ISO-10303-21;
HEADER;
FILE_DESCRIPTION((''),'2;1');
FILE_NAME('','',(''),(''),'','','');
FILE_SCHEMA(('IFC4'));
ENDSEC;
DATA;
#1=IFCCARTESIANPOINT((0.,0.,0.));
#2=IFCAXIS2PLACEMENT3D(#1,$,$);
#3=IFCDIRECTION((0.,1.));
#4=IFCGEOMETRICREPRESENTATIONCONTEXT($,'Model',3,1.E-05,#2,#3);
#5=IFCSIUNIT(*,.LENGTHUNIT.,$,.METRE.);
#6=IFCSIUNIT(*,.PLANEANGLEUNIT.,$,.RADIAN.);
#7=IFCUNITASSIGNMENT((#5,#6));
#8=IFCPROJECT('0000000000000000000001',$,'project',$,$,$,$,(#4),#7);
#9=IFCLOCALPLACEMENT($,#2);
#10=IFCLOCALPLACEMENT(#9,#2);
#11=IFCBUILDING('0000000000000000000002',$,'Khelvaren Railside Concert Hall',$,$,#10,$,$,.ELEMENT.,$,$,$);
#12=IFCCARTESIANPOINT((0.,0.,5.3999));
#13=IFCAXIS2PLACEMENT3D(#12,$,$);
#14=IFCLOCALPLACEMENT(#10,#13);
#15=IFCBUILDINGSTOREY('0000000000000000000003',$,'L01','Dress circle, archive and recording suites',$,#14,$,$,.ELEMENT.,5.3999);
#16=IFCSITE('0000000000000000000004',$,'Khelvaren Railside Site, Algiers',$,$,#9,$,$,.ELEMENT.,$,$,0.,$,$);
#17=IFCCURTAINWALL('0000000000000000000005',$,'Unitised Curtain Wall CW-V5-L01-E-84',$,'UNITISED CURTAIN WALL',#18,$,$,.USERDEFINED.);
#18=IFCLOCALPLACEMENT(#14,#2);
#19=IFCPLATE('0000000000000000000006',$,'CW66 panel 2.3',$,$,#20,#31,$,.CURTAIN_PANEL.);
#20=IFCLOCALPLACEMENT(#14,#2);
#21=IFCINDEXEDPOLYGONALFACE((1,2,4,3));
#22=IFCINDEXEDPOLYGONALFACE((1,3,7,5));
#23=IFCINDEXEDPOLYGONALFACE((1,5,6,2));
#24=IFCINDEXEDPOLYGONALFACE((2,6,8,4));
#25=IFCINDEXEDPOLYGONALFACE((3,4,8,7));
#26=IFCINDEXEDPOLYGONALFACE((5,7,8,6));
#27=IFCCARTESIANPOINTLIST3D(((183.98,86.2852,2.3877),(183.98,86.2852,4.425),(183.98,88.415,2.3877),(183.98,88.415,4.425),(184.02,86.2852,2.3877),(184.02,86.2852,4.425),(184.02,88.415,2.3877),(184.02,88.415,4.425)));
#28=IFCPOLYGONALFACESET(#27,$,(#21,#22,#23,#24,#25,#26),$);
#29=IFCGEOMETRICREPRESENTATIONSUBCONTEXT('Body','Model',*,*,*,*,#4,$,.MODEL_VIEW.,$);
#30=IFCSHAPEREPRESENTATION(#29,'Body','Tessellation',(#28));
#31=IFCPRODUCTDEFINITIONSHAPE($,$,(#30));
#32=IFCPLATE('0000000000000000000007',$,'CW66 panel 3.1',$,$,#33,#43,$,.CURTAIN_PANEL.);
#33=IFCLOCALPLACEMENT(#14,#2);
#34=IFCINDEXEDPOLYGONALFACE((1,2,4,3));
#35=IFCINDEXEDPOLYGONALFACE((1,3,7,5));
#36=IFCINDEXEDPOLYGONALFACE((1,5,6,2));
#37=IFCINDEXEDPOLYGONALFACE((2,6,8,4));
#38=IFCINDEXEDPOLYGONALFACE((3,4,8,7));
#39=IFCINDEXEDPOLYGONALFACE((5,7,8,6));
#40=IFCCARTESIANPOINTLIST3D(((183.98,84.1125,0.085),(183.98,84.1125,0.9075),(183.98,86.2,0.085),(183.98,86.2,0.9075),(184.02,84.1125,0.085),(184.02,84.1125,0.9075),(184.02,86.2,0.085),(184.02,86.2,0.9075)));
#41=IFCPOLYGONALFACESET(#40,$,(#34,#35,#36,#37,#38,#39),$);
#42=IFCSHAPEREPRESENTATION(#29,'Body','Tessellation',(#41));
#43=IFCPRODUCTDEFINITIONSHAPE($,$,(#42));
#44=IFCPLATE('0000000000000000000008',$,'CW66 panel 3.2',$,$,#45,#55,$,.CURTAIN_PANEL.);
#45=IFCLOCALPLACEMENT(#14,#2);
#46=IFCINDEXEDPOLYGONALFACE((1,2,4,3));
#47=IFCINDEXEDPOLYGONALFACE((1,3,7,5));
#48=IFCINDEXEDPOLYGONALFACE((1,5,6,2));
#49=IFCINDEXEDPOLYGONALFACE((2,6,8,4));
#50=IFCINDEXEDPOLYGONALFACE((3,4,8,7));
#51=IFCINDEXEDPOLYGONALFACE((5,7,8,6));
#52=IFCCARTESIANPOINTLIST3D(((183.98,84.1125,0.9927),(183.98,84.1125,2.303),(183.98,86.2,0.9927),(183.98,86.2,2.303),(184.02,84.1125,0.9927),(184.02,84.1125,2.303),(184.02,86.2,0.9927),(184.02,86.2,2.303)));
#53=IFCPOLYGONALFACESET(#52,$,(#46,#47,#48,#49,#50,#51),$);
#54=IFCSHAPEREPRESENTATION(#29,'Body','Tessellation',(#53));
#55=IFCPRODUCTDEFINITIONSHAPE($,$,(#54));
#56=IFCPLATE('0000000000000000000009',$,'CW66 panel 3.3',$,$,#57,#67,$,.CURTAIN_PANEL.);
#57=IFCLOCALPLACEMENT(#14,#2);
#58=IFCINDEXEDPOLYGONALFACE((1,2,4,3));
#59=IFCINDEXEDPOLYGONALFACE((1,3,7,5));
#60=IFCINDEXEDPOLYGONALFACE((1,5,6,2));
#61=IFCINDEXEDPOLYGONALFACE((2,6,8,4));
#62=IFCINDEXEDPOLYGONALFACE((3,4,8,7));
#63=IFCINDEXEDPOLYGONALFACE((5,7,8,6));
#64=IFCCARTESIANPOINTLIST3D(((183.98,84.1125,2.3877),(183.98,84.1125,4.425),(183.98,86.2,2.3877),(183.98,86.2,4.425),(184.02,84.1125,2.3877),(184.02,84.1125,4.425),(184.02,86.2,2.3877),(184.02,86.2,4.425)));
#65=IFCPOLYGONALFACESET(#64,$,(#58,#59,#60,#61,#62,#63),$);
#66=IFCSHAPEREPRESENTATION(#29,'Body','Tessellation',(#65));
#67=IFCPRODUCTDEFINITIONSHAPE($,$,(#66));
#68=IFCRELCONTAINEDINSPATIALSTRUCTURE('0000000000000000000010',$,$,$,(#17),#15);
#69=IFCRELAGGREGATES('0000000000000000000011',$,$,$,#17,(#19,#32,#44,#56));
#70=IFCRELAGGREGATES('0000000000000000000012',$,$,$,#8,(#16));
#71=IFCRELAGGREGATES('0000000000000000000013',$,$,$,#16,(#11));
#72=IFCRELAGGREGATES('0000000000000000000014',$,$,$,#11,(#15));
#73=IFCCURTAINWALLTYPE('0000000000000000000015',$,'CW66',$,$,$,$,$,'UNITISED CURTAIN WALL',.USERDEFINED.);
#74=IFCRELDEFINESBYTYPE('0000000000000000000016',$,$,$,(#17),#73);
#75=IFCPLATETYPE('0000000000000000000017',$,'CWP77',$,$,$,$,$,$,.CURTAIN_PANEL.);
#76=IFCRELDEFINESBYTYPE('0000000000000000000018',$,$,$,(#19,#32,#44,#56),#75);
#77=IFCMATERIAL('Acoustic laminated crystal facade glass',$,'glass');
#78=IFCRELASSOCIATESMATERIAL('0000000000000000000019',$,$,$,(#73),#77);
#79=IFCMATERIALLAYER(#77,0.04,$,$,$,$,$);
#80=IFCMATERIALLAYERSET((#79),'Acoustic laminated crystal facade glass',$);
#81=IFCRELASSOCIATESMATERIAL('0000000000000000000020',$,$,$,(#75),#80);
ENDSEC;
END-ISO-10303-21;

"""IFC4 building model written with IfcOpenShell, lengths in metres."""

from ifc_helpers import new_model, si_unit, direction, frame, origin, origin_2d, place, context, subcontext, project, spatial, rectangle, extrude, material, layer, layer_set, type_object, element, aggregate, save


model = new_model("IFC4")

# Units and contexts
model_context = context("Model", 3, precision=1e-05, world=origin(), true_north=direction((0.0, 1.0)))
body_context = subcontext(model_context, "Body", "Model", "MODEL_VIEW")
ifc_project = project(units=[si_unit("LENGTHUNIT", "METRE"), si_unit("PLANEANGLEUNIT", "RADIAN")], contexts=[model_context])

# Site, building, storey
site_placement = place(None, origin())
site = spatial("IfcSite", under=ifc_project, at=site_placement, Name="Khelvaren Railside Site, Algiers", CompositionType="ELEMENT", RefElevation=0.0)
building_placement = place(site_placement, origin())
building = spatial("IfcBuilding", under=site, at=building_placement, Name="Khelvaren Railside Concert Hall", CompositionType="ELEMENT")
storey_placement = place(building_placement, frame((0.0, 0.0, 5.3999)))
storey = spatial("IfcBuildingStorey", under=building, at=storey_placement, Name="L01", Description="Dress circle, archive and recording suites", CompositionType="ELEMENT", Elevation=5.3999)

# Curtain wall
ifc_material_1 = material(Name="Acoustic laminated crystal facade glass", Category="glass")
curtain_wall_type_1 = type_object("IfcCurtainWallType", Name="CW66", ElementType="UNITISED CURTAIN WALL", PredefinedType="USERDEFINED", material=ifc_material_1)
curtain_wall_1_placement = place(storey_placement, origin())
curtain_wall_1 = element("IfcCurtainWall", 1, at=curtain_wall_1_placement, inside=storey, type_object=curtain_wall_type_1, Name="Unitised Curtain Wall CW-V5-L01-E-84", ObjectType="UNITISED CURTAIN WALL", PredefinedType="USERDEFINED")

# Plates
ifc_layer = layer(ifc_material_1, 0.04)
ifc_layer_set = layer_set([ifc_layer], Name="Acoustic laminated crystal facade glass")
plate_type = type_object("IfcPlateType", Name="CWP77", PredefinedType="CURTAIN_PANEL", material=ifc_layer_set)
plate_1_placement = place(storey_placement, frame((184.0, 87.3501, 2.3877), z_axis=(0.0, 0.0, 1.0), x_axis=(0.0, -1.0, 0.0)))
plate_1 = element("IfcPlate", 2, at=plate_1_placement, type_object=plate_type, Name="CW66 panel 2.3", PredefinedType="CURTAIN_PANEL", context=body_context, shape_type="SweptSolid", body=[
    extrude(rectangle(XDim=2.1299, YDim=0.04, at=origin_2d()), origin(), (0.0, 0.0, 1.0), 2.0374),
])
plate_2_placement = place(storey_placement, frame((184.0, 85.1562, 0.085), z_axis=(0.0, 0.0, 1.0), x_axis=(0.0, -1.0, 0.0)))
plate_2 = element("IfcPlate", 3, at=plate_2_placement, type_object=plate_type, Name="CW66 panel 3.1", PredefinedType="CURTAIN_PANEL", context=body_context, shape_type="SweptSolid", body=[
    extrude(rectangle(XDim=2.0874, YDim=0.04, at=origin_2d()), origin(), (0.0, 0.0, 1.0), 0.8225),
])
plate_3_placement = place(storey_placement, frame((184.0, 85.1562, 0.9927), z_axis=(0.0, 0.0, 1.0), x_axis=(0.0, -1.0, 0.0)))
plate_3 = element("IfcPlate", 4, at=plate_3_placement, type_object=plate_type, Name="CW66 panel 3.2", PredefinedType="CURTAIN_PANEL", context=body_context, shape_type="SweptSolid", body=[
    extrude(rectangle(XDim=2.0874, YDim=0.04, at=origin_2d()), origin(), (0.0, 0.0, 1.0), 1.3103),
])
plate_4_placement = place(storey_placement, frame((184.0, 85.1562, 2.3877), z_axis=(0.0, 0.0, 1.0), x_axis=(0.0, -1.0, 0.0)))
plate_4 = element("IfcPlate", 5, at=plate_4_placement, type_object=plate_type, Name="CW66 panel 3.3", PredefinedType="CURTAIN_PANEL", context=body_context, shape_type="SweptSolid", body=[
    extrude(rectangle(XDim=2.0874, YDim=0.04, at=origin_2d()), origin(), (0.0, 0.0, 1.0), 2.0374),
])
aggregate(curtain_wall_1, [plate_1, plate_2, plate_3, plate_4])

save(model, "model.ifc")
